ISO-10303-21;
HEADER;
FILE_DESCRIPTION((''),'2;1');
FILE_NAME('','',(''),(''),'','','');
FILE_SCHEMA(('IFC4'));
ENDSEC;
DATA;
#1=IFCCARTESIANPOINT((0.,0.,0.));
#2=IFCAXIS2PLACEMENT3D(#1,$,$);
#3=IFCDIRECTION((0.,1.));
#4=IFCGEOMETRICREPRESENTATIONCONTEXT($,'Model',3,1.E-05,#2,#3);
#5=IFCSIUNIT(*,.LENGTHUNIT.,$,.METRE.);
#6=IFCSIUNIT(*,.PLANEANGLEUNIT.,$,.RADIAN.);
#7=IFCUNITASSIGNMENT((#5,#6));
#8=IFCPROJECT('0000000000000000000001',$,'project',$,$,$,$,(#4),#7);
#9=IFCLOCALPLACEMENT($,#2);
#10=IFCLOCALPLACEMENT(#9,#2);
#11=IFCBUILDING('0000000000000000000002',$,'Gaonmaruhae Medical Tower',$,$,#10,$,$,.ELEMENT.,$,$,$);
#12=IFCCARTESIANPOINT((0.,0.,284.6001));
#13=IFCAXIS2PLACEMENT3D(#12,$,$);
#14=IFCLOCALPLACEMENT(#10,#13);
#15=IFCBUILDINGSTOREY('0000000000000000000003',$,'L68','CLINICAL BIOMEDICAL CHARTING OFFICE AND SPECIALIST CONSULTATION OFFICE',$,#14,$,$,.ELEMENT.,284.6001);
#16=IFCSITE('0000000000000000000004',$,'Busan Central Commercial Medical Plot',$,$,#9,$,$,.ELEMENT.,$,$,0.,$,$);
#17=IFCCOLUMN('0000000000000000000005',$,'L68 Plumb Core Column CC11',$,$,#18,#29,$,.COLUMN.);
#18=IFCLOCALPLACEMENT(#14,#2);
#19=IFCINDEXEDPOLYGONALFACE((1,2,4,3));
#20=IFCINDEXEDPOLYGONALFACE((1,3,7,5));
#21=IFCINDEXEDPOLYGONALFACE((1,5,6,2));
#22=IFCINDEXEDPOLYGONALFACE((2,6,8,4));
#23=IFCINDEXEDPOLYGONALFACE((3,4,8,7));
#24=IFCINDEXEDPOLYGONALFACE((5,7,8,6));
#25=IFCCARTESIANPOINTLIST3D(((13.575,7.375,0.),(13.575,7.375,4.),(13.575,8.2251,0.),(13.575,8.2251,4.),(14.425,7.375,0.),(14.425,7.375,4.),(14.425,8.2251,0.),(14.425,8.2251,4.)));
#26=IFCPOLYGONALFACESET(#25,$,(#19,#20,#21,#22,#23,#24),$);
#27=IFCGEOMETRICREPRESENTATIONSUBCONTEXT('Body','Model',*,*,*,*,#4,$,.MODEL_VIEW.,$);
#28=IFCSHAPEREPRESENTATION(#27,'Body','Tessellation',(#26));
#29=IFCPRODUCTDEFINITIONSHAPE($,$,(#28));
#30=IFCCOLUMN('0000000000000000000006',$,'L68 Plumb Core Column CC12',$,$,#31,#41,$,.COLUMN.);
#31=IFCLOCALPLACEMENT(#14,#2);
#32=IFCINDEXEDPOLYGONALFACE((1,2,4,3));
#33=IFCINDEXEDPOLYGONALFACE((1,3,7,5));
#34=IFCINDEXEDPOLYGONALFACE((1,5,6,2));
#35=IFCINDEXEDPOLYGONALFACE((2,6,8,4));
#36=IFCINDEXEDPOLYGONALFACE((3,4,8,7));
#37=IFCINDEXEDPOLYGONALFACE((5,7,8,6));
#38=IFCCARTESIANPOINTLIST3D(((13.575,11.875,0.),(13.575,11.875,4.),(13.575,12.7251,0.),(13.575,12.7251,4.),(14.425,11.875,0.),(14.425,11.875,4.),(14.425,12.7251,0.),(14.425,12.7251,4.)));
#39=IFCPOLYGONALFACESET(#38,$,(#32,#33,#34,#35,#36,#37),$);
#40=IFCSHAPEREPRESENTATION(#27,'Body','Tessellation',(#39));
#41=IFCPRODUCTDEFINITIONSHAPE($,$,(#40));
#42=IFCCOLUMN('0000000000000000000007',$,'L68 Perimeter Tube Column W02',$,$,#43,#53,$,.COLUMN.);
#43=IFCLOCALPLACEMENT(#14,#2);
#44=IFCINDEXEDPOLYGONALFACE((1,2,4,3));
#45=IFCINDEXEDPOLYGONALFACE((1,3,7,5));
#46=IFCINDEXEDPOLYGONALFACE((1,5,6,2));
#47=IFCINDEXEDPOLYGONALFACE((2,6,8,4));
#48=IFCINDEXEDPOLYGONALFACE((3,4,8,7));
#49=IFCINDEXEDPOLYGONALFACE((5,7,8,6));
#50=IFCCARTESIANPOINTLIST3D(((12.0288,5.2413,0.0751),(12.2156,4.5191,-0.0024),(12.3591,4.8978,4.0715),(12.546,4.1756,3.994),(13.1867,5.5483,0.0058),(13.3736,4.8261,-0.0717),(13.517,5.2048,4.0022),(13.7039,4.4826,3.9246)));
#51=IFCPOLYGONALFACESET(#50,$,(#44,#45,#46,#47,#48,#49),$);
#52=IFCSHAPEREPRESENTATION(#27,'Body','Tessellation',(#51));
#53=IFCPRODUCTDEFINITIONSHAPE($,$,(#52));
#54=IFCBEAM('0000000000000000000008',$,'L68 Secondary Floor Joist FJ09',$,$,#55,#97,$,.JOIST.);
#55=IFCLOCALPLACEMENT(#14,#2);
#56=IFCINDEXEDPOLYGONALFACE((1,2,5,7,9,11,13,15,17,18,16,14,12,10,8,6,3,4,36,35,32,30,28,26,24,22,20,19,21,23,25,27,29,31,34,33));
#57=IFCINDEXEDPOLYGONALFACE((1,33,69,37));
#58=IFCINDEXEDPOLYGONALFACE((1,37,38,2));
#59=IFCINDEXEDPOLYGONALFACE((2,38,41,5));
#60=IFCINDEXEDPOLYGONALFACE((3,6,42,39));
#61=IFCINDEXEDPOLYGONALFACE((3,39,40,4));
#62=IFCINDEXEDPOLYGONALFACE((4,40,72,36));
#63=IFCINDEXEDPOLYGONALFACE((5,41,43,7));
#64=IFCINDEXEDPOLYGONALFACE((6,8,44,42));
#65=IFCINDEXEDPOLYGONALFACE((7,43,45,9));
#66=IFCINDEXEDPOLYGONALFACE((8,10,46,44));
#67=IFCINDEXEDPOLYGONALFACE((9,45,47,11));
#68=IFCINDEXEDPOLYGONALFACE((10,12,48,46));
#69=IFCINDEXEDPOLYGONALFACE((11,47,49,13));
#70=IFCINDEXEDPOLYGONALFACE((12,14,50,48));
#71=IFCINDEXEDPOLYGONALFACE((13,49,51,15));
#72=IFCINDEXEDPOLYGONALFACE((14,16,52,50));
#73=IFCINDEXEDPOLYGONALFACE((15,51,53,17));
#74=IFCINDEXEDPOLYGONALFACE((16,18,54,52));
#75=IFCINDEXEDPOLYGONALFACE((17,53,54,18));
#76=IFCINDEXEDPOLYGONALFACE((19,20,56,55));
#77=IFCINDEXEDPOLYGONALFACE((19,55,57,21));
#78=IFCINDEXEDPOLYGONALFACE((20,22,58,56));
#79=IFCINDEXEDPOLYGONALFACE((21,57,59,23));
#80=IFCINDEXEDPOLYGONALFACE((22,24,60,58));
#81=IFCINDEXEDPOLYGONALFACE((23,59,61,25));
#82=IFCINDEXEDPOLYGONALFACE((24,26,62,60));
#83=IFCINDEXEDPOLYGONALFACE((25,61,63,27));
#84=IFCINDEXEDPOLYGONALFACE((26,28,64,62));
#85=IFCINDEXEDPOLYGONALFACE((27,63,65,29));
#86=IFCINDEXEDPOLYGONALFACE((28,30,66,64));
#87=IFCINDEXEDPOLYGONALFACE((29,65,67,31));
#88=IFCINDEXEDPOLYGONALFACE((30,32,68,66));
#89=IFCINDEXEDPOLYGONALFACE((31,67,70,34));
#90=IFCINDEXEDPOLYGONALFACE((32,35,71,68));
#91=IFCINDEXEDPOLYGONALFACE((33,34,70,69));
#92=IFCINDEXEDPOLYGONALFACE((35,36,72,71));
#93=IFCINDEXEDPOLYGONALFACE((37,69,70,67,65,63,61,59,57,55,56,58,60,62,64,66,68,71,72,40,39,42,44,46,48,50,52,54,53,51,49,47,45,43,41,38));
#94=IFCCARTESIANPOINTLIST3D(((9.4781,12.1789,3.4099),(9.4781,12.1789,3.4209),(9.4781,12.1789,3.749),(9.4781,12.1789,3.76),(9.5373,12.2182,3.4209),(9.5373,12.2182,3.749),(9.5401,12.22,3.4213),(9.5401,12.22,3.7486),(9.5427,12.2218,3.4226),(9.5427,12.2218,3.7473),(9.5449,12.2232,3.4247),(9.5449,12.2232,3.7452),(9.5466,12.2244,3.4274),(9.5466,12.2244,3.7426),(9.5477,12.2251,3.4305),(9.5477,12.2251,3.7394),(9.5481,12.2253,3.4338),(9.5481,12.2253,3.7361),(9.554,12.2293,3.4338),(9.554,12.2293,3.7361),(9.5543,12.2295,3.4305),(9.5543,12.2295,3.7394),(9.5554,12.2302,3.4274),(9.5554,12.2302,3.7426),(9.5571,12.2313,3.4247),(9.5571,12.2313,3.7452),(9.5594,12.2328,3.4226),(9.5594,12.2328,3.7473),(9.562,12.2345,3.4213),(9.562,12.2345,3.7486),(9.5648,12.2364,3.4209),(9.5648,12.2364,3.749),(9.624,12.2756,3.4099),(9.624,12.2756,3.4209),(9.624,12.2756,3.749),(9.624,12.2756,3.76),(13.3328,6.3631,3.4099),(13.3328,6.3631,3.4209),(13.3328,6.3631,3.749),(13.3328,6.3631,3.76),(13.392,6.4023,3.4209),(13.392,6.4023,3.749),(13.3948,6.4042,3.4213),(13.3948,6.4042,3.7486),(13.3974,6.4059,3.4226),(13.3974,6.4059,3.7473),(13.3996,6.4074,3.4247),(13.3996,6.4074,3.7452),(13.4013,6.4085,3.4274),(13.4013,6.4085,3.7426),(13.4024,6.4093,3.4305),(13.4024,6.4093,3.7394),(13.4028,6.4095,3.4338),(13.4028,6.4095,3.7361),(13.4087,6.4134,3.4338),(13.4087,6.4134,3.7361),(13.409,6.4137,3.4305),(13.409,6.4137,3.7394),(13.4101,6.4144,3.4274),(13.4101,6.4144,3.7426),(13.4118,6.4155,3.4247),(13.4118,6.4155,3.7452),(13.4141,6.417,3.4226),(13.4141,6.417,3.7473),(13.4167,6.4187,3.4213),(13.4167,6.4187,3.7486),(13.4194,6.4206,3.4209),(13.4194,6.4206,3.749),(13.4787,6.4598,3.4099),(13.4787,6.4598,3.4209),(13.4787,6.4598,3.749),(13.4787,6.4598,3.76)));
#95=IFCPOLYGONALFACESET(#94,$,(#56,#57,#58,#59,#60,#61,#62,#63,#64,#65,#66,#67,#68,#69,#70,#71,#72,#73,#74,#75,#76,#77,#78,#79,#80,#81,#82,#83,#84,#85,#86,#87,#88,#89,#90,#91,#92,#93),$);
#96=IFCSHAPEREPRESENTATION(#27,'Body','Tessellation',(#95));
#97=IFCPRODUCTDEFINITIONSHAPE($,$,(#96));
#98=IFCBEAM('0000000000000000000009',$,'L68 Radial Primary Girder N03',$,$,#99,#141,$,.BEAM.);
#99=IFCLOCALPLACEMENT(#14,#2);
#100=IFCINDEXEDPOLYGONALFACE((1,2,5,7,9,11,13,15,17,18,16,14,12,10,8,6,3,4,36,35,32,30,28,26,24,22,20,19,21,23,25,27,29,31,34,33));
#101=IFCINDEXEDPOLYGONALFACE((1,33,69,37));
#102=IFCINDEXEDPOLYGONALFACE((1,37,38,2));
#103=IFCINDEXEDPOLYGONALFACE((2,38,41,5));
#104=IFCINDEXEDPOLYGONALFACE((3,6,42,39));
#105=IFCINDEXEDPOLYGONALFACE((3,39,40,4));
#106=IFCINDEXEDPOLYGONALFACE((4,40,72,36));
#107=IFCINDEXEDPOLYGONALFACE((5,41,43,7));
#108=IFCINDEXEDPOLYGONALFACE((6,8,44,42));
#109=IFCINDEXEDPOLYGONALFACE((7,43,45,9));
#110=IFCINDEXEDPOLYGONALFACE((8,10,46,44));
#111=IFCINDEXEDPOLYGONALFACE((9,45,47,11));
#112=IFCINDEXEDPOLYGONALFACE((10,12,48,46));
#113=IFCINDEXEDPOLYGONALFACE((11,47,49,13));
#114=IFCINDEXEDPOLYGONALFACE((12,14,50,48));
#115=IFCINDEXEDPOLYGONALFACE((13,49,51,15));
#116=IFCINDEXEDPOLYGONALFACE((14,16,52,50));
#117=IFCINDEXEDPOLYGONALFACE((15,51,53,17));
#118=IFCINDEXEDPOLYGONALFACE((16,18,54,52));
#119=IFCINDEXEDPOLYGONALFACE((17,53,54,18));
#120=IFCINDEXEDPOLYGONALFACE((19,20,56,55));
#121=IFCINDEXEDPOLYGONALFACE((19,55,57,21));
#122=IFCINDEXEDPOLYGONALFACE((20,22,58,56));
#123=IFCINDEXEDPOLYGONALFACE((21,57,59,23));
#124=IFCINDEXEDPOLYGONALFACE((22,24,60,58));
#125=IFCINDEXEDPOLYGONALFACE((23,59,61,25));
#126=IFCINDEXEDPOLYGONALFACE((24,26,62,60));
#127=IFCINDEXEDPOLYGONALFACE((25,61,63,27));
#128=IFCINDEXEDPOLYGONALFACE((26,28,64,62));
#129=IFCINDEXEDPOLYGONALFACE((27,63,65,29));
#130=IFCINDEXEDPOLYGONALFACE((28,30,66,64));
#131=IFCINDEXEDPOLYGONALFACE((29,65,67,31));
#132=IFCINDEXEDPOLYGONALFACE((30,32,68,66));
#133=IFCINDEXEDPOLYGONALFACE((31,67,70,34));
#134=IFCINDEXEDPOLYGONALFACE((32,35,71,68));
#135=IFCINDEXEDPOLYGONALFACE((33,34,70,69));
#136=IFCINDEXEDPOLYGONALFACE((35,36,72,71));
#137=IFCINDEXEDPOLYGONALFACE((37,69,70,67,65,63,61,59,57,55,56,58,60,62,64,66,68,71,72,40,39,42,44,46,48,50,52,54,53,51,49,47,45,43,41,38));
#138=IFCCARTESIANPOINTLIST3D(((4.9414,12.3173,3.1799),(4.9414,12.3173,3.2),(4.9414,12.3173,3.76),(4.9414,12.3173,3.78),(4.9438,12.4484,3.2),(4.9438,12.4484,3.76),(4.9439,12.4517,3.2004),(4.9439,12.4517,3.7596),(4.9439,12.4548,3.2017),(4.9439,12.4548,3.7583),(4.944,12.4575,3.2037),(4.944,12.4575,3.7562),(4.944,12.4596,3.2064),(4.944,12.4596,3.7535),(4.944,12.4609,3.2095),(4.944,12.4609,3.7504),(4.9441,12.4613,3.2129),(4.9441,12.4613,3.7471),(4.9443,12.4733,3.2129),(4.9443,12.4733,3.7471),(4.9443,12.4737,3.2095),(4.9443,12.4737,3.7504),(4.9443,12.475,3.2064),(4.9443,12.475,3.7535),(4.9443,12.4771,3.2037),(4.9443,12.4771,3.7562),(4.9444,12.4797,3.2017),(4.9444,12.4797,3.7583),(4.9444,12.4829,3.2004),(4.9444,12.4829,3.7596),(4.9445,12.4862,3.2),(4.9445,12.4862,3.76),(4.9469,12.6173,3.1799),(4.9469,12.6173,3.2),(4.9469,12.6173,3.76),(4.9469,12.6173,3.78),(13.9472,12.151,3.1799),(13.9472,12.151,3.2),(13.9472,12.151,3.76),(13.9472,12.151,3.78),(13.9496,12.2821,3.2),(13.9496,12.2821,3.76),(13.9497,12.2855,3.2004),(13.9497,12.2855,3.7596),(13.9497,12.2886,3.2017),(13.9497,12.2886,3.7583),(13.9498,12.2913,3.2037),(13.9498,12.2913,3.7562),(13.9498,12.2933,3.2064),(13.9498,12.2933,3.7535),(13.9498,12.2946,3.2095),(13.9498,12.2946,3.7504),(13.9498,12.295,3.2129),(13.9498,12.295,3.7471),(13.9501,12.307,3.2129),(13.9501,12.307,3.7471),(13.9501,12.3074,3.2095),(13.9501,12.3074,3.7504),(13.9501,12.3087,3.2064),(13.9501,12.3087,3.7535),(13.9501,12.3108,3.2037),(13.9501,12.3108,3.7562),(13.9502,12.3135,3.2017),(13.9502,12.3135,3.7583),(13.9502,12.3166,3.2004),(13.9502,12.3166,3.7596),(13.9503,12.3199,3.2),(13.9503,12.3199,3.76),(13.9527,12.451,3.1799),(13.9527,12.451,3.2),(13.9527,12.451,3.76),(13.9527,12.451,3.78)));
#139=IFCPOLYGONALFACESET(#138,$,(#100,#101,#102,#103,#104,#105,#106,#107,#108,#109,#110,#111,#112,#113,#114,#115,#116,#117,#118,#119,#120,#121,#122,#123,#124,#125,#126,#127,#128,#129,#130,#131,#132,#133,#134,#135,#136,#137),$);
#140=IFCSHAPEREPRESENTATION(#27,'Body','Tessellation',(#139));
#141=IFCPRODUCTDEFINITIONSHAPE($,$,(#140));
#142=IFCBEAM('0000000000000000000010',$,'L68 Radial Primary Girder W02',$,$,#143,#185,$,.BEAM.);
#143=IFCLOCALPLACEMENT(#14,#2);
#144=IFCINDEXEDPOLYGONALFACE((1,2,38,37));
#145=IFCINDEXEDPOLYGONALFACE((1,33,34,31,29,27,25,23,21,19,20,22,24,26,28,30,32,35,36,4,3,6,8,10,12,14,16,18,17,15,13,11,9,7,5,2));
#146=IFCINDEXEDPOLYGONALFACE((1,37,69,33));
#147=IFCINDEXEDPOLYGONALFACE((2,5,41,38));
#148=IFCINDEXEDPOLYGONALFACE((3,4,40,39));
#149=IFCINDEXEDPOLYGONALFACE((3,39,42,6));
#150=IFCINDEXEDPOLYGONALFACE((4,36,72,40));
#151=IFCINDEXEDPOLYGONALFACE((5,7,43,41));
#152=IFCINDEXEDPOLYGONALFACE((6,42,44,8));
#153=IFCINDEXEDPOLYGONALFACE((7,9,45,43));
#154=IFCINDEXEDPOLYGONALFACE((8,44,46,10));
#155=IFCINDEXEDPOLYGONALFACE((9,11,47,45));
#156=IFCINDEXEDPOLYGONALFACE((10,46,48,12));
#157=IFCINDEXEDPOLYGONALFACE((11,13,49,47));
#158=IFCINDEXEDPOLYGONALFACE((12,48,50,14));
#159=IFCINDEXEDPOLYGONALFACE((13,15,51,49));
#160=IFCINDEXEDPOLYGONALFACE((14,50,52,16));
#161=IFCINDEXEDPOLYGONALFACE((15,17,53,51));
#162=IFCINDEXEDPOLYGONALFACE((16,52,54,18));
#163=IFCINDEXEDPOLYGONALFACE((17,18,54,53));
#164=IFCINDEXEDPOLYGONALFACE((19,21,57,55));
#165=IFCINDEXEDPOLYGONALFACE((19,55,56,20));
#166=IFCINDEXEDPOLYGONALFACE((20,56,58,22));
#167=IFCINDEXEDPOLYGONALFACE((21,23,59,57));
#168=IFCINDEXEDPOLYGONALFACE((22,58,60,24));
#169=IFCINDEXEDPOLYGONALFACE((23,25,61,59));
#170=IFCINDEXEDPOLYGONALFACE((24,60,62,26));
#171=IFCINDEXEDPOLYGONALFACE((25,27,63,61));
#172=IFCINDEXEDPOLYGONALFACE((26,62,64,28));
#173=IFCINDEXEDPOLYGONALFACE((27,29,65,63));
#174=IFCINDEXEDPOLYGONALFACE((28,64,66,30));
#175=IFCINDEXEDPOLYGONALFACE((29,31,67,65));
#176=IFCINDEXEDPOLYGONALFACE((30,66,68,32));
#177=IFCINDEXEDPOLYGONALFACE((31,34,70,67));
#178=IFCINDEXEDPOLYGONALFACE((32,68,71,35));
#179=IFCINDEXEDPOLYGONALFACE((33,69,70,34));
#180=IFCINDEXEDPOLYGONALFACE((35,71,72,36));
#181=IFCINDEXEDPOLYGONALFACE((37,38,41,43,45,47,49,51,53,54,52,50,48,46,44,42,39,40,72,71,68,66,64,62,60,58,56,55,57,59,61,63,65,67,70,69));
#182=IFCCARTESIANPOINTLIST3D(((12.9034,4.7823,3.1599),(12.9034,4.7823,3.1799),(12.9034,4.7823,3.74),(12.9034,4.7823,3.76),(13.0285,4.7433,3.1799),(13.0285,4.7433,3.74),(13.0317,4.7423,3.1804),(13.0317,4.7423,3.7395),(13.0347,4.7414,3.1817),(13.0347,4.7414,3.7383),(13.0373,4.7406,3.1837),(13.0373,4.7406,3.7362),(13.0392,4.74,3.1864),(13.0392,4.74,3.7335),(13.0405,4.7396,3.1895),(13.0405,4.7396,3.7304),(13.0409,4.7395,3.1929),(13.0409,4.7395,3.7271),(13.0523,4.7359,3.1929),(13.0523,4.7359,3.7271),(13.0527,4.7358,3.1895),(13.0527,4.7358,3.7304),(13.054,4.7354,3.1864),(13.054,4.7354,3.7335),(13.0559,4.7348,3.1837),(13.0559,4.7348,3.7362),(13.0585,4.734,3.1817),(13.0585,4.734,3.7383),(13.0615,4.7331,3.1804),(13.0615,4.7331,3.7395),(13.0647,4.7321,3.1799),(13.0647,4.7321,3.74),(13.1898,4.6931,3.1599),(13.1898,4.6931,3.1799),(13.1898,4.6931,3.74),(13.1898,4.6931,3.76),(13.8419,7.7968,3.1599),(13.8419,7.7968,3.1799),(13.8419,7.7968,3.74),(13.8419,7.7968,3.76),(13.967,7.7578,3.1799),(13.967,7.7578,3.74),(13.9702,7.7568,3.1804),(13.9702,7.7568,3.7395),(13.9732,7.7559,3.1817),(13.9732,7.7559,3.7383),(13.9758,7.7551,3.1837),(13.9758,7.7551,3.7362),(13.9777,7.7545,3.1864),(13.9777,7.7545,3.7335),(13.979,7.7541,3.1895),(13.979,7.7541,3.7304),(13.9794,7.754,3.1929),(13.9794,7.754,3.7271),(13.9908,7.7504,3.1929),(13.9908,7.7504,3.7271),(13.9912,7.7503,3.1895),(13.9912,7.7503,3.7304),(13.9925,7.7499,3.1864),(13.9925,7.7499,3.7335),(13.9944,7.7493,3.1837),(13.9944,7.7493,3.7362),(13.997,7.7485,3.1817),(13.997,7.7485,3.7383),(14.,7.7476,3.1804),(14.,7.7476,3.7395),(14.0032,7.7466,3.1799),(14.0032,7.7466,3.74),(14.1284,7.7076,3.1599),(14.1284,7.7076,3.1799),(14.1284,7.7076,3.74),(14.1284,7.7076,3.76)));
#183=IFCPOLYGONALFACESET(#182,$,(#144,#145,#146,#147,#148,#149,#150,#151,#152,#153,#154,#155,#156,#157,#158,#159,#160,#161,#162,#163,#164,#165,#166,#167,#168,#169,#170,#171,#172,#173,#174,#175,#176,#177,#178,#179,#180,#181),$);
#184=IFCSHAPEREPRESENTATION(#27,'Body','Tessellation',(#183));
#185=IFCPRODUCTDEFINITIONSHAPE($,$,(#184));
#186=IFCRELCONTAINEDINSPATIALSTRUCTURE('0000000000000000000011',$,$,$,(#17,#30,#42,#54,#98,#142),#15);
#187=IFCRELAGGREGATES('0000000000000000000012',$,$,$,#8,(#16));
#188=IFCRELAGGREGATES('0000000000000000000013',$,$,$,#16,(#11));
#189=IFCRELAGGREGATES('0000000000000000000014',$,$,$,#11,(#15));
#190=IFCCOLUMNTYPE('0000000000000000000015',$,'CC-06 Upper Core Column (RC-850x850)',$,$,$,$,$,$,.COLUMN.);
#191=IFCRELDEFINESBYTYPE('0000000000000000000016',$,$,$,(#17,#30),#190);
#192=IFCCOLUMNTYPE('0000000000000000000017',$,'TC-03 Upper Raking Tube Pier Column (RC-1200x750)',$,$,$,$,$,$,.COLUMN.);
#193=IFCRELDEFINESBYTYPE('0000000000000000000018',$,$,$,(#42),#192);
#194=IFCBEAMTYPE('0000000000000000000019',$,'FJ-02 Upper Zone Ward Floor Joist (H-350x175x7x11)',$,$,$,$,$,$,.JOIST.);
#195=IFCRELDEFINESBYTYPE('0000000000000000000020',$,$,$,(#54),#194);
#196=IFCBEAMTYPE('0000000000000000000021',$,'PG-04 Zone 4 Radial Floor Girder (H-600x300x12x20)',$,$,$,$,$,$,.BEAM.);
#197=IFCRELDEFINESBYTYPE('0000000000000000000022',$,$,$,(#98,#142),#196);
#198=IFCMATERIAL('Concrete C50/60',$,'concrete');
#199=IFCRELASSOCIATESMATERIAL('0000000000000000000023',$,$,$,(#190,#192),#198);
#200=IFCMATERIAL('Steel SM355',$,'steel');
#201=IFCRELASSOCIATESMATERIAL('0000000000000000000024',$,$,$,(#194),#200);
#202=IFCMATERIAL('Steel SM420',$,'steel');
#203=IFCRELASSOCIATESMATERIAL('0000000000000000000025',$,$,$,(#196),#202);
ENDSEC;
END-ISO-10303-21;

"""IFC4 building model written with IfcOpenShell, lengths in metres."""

from ifc_helpers import new_model, si_unit, direction, frame, origin, origin_2d, place, context, subcontext, project, spatial, rectangle, i_section, extrude, material, material_profile, profile_set, type_object, element, save


model = new_model("IFC4")

# Units and contexts
model_context = context("Model", 3, precision=1e-05, world=origin(), true_north=direction((0.0, 1.0)))
body_context = subcontext(model_context, "Body", "Model", "MODEL_VIEW")
ifc_project = project(units=[si_unit("LENGTHUNIT", "METRE"), si_unit("PLANEANGLEUNIT", "RADIAN")], contexts=[model_context])

# Site, building, storey
site_placement = place(None, origin())
site = spatial("IfcSite", under=ifc_project, at=site_placement, Name="Busan Central Commercial Medical Plot", CompositionType="ELEMENT", RefElevation=0.0)
building_placement = place(site_placement, origin())
building = spatial("IfcBuilding", under=site, at=building_placement, Name="Gaonmaruhae Medical Tower", CompositionType="ELEMENT")
storey_placement = place(building_placement, frame((0.0, 0.0, 284.6001)))
storey = spatial("IfcBuildingStorey", under=building, at=storey_placement, Name="L68", Description="CLINICAL BIOMEDICAL CHARTING OFFICE AND SPECIALIST CONSULTATION OFFICE", CompositionType="ELEMENT", Elevation=284.6001)

# Columns
ifc_material_1 = material(Name="Concrete C50/60", Category="concrete")
ifc_material_profile_1 = material_profile(ifc_material_1, rectangle(XDim=0.8501, YDim=0.8501, at=origin_2d()), Name="RC-850x850")
ifc_profile_set_1 = profile_set([ifc_material_profile_1], Name="Concrete C50/60")
column_type_1 = type_object("IfcColumnType", Name="CC-06 Upper Core Column (RC-850x850)", PredefinedType="COLUMN", material=ifc_profile_set_1)
for number, where, z_axis, x_axis, name in (
    (1, (14.0, 7.8, 0.0), (0.0, 0.0, 1.0), (1.0, 0.0, 0.0), "L68 Plumb Core Column CC11"),
    (2, (14.0, 12.3, 0.0), (0.0, 0.0, 1.0), (1.0, 0.0, 0.0), "L68 Plumb Core Column CC12"),
):
    element("IfcColumn", number, at=place(storey_placement, frame(where, z_axis=z_axis, x_axis=x_axis)), inside=storey, type_object=column_type_1, Name=name, PredefinedType="COLUMN", context=body_context, shape_type="SweptSolid", body=[
        extrude(rectangle(XDim=0.8501, YDim=0.8501, at=origin_2d()), origin(), (0.0, 0.0, 1.0), 4.0),
    ])
ifc_material_profile_2 = material_profile(ifc_material_1, rectangle(XDim=1.2, YDim=0.75, at=origin_2d()), Name="RC-1200x750")
ifc_profile_set_2 = profile_set([ifc_material_profile_2], Name="Concrete C50/60")
column_type_2 = type_object("IfcColumnType", Name="TC-03 Upper Raking Tube Pier Column (RC-1200x750)", PredefinedType="COLUMN", material=ifc_profile_set_2)
column_placement = place(storey_placement, frame((12.7012, 5.0337, 0.0017), z_axis=(0.082075, -0.08535, 0.992965), x_axis=(-0.964981, -0.25588, 0.057768)))
element("IfcColumn", 3, at=column_placement, inside=storey, type_object=column_type_2, Name="L68 Perimeter Tube Column W02", PredefinedType="COLUMN", context=body_context, shape_type="SweptSolid", body=[
    extrude(rectangle(XDim=1.2, YDim=0.75, at=origin_2d()), origin(), (0.0, 0.0, 1.0), 4.0247),
])

# Beams
ifc_material_2 = material(Name="Steel SM355", Category="steel")
ifc_material_profile_3 = material_profile(ifc_material_2, i_section(OverallWidth=0.175, OverallDepth=0.3501, WebThickness=0.0071, FlangeThickness=0.011, FilletRadius=0.0129, at=origin_2d()), Name="H-350x175x7x11")
ifc_profile_set_3 = profile_set([ifc_material_profile_3], Name="Steel SM355")
beam_type_1 = type_object("IfcBeamType", Name="FJ-02 Upper Zone Ward Floor Joist (H-350x175x7x11)", PredefinedType="JOIST", material=ifc_profile_set_3)
beam_1_placement = place(storey_placement, frame((9.551, 12.2273, 3.585), z_axis=(0.552462, -0.833538, 0.0), x_axis=(0.833538, 0.552462, 0.0)))
element("IfcBeam", 4, at=beam_1_placement, inside=storey, type_object=beam_type_1, Name="L68 Secondary Floor Joist FJ09", PredefinedType="JOIST", context=body_context, shape_type="SweptSolid", body=[
    extrude(i_section(OverallWidth=0.175, OverallDepth=0.3501, WebThickness=0.0071, FlangeThickness=0.011, FilletRadius=0.0129, at=origin_2d()), origin(), (0.0, 0.0, 1.0), 6.9773),
])
ifc_material_3 = material(Name="Steel SM420", Category="steel")
ifc_material_profile_4 = material_profile(ifc_material_3, i_section(OverallWidth=0.3, OverallDepth=0.6001, WebThickness=0.012, FlangeThickness=0.02, FilletRadius=0.0129, at=origin_2d()), Name="H-600x300x12x20")
ifc_profile_set_4 = profile_set([ifc_material_profile_4], Name="Steel SM420")
beam_type_2 = type_object("IfcBeamType", Name="PG-04 Zone 4 Radial Floor Girder (H-600x300x12x20)", PredefinedType="BEAM", material=ifc_profile_set_4)
beam_2_placement = place(storey_placement, frame((13.95, 12.301, 3.48), z_axis=(-0.99983, 0.018458, 0.0), x_axis=(-0.018458, -0.99983, 0.0)))
element("IfcBeam", 5, at=beam_2_placement, inside=storey, type_object=beam_type_2, Name="L68 Radial Primary Girder N03", PredefinedType="BEAM", context=body_context, shape_type="SweptSolid", body=[
    extrude(i_section(OverallWidth=0.3, OverallDepth=0.6001, WebThickness=0.012, FlangeThickness=0.02, FilletRadius=0.0129, at=origin_2d()), origin(), (0.0, 0.0, 1.0), 9.0073),
])
beam_3_placement = place(storey_placement, frame((13.9851, 7.7522, 3.46), z_axis=(-0.297258, -0.954797, 0.0), x_axis=(0.954797, -0.297258, 0.0)))
element("IfcBeam", 6, at=beam_3_placement, inside=storey, type_object=beam_type_2, Name="L68 Radial Primary Girder W02", PredefinedType="BEAM", context=body_context, shape_type="SweptSolid", body=[
    extrude(i_section(OverallWidth=0.3, OverallDepth=0.6001, WebThickness=0.012, FlangeThickness=0.02, FilletRadius=0.0129, at=origin_2d()), origin(), (0.0, 0.0, 1.0), 3.1572),
])

save(model, "model.ifc")
